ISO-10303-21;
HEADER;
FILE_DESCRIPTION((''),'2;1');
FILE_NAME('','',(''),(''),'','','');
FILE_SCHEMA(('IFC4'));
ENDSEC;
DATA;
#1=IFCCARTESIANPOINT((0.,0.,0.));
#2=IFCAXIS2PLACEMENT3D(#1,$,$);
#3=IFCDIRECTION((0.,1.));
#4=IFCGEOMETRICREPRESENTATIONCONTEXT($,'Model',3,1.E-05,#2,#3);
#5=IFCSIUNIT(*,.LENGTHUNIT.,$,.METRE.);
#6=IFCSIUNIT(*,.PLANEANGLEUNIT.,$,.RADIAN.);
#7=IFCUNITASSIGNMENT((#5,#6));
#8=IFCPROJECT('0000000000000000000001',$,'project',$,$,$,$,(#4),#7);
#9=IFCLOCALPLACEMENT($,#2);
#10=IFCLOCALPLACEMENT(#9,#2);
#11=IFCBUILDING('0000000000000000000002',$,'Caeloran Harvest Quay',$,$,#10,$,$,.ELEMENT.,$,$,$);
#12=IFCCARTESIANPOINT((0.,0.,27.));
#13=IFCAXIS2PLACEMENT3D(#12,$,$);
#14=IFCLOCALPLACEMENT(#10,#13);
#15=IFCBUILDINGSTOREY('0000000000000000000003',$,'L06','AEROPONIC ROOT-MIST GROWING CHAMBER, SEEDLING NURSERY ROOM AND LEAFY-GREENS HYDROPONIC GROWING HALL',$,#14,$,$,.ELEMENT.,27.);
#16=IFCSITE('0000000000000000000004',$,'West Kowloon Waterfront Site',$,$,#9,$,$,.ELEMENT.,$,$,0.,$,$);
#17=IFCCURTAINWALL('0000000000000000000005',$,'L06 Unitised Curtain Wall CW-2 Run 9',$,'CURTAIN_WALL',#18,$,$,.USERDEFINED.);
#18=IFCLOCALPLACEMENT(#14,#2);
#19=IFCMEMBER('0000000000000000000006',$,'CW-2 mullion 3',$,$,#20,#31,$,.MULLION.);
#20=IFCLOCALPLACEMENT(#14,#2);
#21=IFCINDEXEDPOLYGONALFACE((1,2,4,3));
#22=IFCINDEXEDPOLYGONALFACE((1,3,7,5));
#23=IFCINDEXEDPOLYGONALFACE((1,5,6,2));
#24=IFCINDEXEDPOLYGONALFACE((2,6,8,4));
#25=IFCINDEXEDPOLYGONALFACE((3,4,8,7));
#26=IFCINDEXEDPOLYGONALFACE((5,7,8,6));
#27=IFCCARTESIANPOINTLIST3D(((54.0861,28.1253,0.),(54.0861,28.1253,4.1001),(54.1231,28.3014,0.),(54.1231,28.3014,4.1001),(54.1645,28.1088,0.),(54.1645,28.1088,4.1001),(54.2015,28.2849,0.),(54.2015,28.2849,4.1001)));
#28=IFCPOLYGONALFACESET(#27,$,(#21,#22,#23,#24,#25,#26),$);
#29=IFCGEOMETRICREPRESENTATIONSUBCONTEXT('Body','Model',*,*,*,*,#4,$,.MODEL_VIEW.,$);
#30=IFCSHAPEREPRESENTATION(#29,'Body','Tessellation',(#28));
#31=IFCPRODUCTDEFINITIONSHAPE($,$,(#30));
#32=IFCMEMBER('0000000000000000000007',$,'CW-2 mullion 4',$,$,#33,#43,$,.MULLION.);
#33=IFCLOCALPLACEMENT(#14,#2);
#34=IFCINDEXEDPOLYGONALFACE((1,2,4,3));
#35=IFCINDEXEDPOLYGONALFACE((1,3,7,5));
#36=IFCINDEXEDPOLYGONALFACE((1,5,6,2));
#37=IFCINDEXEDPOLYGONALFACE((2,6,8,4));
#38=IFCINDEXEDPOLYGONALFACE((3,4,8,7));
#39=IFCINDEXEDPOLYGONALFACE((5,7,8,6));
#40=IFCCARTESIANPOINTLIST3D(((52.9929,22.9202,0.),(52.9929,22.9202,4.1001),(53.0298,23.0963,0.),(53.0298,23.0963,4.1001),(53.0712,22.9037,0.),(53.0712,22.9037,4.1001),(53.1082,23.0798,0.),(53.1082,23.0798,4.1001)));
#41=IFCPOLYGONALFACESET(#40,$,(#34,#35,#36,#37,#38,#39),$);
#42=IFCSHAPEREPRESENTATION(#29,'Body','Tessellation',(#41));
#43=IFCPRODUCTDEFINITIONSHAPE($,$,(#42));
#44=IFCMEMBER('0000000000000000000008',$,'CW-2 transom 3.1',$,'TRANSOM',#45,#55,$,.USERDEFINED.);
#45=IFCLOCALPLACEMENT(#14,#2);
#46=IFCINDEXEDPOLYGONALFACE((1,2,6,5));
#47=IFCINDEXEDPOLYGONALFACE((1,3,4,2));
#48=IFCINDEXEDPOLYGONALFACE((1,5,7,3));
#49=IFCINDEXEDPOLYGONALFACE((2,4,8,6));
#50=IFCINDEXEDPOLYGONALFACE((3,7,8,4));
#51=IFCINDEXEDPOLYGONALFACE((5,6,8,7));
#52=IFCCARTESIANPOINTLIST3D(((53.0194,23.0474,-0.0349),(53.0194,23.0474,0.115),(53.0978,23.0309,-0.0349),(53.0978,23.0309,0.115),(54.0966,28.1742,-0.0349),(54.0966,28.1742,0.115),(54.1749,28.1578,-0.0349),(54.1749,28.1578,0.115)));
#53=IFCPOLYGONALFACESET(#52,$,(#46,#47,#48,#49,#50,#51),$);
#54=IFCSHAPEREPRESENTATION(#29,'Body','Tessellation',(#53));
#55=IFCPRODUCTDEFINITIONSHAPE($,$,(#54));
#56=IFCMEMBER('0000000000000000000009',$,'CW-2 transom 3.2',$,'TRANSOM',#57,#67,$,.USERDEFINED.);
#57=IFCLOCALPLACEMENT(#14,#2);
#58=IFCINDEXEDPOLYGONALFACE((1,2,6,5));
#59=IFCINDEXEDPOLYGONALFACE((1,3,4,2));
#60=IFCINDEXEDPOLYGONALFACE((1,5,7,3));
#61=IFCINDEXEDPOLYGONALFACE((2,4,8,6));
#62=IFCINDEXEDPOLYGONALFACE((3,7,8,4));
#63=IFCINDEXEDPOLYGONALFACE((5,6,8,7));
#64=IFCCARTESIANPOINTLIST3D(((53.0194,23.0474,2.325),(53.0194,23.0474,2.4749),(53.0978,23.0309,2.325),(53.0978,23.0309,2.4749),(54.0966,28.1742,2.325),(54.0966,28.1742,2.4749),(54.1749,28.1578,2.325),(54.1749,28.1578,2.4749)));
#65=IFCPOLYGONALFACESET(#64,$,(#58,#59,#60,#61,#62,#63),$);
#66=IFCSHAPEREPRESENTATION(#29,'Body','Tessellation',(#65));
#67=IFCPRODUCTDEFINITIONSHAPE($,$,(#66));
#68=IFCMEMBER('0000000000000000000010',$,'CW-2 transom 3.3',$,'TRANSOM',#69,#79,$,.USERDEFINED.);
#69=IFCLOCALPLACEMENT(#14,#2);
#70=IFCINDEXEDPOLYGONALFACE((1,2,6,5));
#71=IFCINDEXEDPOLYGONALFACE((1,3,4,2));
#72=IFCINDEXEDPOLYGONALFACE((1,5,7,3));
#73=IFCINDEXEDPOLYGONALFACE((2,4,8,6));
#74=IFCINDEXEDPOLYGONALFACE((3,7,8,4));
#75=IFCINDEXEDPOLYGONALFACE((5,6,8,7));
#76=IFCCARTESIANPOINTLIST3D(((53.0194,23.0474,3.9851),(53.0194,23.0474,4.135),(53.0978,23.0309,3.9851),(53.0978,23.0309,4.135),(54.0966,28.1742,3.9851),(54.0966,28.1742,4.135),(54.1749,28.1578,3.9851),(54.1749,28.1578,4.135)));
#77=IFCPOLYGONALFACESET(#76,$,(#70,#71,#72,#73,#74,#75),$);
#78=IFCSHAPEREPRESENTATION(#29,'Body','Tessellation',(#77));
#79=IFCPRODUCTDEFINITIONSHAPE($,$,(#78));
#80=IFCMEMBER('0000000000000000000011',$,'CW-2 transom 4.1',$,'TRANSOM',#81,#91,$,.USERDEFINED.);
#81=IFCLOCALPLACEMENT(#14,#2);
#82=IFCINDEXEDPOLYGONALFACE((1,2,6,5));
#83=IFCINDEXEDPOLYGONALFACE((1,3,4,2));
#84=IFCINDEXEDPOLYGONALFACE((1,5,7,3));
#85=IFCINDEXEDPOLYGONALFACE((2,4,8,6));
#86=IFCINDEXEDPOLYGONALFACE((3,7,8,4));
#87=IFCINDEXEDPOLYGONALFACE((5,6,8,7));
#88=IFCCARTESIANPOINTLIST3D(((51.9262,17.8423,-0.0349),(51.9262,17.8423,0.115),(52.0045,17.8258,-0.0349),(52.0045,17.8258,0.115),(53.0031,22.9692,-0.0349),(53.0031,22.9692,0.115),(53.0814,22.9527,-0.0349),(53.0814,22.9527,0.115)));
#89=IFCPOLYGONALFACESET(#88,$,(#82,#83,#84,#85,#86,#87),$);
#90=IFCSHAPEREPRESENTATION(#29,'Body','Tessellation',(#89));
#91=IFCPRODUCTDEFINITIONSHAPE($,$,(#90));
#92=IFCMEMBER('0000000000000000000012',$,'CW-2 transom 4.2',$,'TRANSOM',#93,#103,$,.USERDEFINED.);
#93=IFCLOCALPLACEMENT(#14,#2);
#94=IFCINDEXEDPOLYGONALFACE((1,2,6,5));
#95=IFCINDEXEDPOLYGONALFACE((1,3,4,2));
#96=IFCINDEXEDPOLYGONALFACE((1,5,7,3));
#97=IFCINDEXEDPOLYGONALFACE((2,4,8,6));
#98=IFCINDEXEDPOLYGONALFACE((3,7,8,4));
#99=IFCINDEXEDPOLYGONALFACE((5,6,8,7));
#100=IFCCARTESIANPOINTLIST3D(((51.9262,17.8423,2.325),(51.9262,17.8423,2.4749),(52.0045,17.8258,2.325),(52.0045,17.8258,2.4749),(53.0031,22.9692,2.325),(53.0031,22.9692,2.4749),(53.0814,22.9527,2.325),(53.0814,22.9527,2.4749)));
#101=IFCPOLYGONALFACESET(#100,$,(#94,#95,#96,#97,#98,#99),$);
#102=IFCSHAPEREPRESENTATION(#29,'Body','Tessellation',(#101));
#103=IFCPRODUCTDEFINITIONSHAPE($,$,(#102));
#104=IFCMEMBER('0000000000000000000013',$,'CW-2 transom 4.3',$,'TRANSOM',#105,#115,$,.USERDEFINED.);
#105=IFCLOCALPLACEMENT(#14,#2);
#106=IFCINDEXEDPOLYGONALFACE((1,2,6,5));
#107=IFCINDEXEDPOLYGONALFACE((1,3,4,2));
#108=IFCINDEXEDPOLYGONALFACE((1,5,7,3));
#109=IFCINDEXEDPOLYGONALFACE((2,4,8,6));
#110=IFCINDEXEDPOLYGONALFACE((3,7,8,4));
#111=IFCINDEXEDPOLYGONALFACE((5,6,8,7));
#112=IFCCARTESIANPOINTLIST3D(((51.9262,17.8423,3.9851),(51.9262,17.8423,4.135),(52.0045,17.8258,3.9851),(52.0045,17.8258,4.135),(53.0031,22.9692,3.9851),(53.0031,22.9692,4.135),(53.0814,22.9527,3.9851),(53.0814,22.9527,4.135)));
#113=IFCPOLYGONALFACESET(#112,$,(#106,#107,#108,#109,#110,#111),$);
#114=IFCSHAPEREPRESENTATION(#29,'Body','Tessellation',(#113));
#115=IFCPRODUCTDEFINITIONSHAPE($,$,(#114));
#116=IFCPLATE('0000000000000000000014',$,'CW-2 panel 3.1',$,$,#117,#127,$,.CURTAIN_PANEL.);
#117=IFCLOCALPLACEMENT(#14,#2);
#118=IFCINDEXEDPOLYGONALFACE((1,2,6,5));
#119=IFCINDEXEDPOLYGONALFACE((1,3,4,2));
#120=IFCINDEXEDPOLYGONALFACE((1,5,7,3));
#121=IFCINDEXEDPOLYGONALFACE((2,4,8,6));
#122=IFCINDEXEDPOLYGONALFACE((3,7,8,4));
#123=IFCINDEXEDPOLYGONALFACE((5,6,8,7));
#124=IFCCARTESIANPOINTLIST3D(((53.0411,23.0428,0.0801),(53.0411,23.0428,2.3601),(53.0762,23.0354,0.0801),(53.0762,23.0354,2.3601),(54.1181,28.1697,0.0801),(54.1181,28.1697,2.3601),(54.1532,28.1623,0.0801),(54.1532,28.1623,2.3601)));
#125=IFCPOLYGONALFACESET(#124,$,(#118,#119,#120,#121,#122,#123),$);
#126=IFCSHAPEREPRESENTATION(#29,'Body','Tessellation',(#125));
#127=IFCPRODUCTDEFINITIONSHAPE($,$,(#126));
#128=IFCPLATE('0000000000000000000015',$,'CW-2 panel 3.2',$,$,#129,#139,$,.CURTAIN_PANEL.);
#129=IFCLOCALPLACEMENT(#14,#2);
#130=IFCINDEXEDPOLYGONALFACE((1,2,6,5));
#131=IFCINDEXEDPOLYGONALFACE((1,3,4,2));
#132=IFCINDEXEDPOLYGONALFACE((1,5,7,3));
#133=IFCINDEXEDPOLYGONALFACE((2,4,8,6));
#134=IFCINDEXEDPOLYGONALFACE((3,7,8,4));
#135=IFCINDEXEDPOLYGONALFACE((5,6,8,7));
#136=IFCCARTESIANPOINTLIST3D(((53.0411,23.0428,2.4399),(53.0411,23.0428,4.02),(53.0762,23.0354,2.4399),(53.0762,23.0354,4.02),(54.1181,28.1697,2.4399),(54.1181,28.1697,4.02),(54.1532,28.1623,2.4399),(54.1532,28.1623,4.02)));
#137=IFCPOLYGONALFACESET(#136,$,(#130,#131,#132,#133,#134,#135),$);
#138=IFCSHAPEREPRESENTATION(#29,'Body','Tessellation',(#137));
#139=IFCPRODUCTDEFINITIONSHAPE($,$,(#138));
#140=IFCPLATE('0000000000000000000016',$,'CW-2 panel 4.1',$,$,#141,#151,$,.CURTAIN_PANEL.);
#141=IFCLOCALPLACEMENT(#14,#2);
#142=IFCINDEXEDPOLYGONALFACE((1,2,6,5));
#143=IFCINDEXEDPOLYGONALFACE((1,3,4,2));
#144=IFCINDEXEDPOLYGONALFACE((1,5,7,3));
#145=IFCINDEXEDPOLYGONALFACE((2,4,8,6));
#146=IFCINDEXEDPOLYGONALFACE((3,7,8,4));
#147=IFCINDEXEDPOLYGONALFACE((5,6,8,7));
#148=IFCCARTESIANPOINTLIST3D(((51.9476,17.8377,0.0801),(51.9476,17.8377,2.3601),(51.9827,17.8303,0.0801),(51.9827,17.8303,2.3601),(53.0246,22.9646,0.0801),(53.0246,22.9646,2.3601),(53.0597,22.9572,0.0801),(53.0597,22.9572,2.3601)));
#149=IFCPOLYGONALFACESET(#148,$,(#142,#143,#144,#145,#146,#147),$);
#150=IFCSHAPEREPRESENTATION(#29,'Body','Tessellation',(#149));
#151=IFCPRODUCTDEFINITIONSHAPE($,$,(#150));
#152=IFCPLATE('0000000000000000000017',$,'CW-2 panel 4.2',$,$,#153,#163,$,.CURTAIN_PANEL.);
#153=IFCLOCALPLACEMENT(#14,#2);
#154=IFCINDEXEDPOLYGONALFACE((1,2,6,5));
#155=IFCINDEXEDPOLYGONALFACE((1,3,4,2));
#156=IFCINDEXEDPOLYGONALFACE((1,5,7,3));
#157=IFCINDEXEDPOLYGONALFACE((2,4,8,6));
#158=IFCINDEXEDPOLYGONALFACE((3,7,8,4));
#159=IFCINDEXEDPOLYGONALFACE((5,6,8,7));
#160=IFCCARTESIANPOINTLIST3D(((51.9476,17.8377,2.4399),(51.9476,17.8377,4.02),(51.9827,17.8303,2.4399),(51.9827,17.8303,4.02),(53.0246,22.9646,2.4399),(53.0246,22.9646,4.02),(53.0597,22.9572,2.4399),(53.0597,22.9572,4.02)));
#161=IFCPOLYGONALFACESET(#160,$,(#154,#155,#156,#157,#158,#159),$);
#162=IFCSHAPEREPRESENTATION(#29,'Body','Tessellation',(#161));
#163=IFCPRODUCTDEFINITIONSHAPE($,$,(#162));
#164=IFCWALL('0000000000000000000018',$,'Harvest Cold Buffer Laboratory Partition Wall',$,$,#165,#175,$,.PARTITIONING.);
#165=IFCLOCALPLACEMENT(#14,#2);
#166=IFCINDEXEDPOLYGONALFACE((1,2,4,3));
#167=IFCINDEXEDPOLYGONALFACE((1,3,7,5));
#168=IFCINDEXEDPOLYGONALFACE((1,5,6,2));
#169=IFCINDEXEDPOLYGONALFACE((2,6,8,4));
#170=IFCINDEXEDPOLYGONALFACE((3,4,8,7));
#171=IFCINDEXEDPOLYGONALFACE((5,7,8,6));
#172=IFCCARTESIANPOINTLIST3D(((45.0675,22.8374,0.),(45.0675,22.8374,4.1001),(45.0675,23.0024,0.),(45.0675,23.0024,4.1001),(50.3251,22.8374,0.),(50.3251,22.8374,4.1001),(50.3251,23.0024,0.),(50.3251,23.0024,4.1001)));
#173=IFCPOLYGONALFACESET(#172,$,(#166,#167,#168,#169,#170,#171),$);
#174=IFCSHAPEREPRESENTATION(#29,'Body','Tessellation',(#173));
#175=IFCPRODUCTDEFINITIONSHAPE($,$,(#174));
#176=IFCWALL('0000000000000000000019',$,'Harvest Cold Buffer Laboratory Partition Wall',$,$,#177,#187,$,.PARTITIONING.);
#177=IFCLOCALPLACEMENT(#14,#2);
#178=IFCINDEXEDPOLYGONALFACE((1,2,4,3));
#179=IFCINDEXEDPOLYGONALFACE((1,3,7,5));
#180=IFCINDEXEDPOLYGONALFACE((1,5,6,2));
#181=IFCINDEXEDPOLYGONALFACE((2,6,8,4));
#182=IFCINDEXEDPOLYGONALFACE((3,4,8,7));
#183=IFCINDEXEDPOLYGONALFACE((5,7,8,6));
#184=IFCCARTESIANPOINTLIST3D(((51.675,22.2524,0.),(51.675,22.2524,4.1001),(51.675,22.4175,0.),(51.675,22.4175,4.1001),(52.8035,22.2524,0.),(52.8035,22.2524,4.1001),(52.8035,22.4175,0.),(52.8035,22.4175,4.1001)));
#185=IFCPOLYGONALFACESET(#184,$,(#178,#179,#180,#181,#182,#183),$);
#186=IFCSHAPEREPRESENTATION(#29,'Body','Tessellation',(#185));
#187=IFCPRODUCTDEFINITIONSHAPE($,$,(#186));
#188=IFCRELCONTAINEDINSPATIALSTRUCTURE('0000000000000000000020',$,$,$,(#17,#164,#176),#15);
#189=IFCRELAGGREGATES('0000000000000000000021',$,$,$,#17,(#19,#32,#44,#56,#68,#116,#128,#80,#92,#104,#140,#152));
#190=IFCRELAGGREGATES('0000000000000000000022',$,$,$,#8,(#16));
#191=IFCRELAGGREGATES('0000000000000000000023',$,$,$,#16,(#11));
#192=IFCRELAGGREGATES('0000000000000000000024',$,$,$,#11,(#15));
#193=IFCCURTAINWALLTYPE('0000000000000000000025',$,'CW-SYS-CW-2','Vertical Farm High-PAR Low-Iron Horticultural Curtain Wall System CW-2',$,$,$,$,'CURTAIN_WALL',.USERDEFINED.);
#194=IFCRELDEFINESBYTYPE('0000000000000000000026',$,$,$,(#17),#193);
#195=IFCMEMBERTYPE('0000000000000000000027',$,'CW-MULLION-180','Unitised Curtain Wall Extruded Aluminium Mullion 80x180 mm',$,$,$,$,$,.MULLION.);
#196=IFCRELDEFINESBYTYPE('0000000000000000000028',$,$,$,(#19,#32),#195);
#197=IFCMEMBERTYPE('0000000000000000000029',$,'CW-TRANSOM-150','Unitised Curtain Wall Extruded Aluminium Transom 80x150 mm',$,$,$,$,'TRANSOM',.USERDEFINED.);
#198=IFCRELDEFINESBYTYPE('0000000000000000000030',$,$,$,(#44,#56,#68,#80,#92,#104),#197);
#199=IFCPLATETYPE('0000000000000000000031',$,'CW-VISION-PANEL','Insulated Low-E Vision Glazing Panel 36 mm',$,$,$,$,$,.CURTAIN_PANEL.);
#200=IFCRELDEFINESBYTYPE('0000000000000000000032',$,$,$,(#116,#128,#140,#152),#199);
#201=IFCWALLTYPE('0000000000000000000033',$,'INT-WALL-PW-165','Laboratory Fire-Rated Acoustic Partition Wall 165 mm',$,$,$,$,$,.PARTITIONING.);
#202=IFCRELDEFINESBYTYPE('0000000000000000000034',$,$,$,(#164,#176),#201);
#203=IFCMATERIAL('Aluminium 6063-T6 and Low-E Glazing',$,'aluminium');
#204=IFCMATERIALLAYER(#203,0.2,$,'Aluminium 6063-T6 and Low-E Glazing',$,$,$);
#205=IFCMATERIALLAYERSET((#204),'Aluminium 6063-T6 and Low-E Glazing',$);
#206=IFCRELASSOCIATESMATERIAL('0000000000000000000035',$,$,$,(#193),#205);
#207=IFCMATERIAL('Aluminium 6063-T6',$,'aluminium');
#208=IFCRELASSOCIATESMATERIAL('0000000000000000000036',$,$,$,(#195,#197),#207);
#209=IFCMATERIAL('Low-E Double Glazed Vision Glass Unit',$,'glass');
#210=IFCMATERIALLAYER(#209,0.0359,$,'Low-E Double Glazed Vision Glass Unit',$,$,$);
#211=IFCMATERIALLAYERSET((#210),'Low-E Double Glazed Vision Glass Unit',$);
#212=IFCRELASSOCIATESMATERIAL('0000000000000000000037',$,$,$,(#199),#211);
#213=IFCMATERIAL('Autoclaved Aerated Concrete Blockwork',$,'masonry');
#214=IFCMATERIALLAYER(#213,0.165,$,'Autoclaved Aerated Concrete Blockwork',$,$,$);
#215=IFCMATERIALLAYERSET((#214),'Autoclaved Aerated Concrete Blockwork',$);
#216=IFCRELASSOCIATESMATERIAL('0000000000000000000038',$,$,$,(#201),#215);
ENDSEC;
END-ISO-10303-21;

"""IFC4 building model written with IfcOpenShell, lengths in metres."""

from ifc_helpers import new_model, si_unit, direction, frame, frame_2d, origin, origin_2d, place, context, subcontext, project, spatial, rectangle, extrude, material, layer, layer_set, material_profile, profile_set, type_object, element, aggregate, save


model = new_model("IFC4")

# Units and contexts
model_context = context("Model", 3, precision=1e-05, world=origin(), true_north=direction((0.0, 1.0)))
body_context = subcontext(model_context, "Body", "Model", "MODEL_VIEW")
ifc_project = project(units=[si_unit("LENGTHUNIT", "METRE"), si_unit("PLANEANGLEUNIT", "RADIAN")], contexts=[model_context])

# Site, building, storey
site_placement = place(None, origin())
site = spatial("IfcSite", under=ifc_project, at=site_placement, Name="West Kowloon Waterfront Site", CompositionType="ELEMENT", RefElevation=0.0)
building_placement = place(site_placement, origin())
building = spatial("IfcBuilding", under=site, at=building_placement, Name="Caeloran Harvest Quay", CompositionType="ELEMENT")
storey_placement = place(building_placement, frame((0.0, 0.0, 27.0)))
storey = spatial("IfcBuildingStorey", under=building, at=storey_placement, Name="L06", Description="AEROPONIC ROOT-MIST GROWING CHAMBER, SEEDLING NURSERY ROOM AND LEAFY-GREENS HYDROPONIC GROWING HALL", CompositionType="ELEMENT", Elevation=27.0)

# Curtain wall, members, plates
ifc_material_1 = material(Name="Aluminium 6063-T6 and Low-E Glazing", Category="aluminium")
ifc_layer_1 = layer(ifc_material_1, 0.2, Name="Aluminium 6063-T6 and Low-E Glazing")
ifc_layer_set_1 = layer_set([ifc_layer_1], Name="Aluminium 6063-T6 and Low-E Glazing")
curtain_wall_type = type_object("IfcCurtainWallType", Name="CW-SYS-CW-2", Description="Vertical Farm High-PAR Low-Iron Horticultural Curtain Wall System CW-2", ElementType="CURTAIN_WALL", PredefinedType="USERDEFINED", material=ifc_layer_set_1)
curtain_wall_placement = place(storey_placement, origin())
curtain_wall = element("IfcCurtainWall", 1, at=curtain_wall_placement, inside=storey, type_object=curtain_wall_type, Name="L06 Unitised Curtain Wall CW-2 Run 9", ObjectType="CURTAIN_WALL", PredefinedType="USERDEFINED")
ifc_material_2 = material(Name="Aluminium 6063-T6", Category="aluminium")
ifc_material_profile_1 = material_profile(ifc_material_2, rectangle(XDim=0.0801, YDim=0.1799, at=origin_2d()), Name="CW-MULLION-180")
ifc_profile_set_1 = profile_set([ifc_material_profile_1], Name="Aluminium 6063-T6")
member_type_1 = type_object("IfcMemberType", Name="CW-MULLION-180", Description="Unitised Curtain Wall Extruded Aluminium Mullion 80x180 mm", PredefinedType="MULLION", material=ifc_profile_set_1)
member_1_placement = place(storey_placement, frame((54.1438, 28.2051, 0.0), z_axis=(0.0, 0.0, 1.0), x_axis=(0.97864, -0.205583, 0.0)))
member_1 = element("IfcMember", 2, at=member_1_placement, type_object=member_type_1, Name="CW-2 mullion 3", PredefinedType="MULLION", context=body_context, shape_type="SweptSolid", body=[
    extrude(rectangle(XDim=0.0801, YDim=0.1799, at=origin_2d()), origin(), (0.0, 0.0, 1.0), 4.1001),
])
member_2_placement = place(storey_placement, frame((53.0505, 23.0, 0.0), z_axis=(0.0, 0.0, 1.0), x_axis=(0.97864, -0.205583, 0.0)))
member_2 = element("IfcMember", 3, at=member_2_placement, type_object=member_type_1, Name="CW-2 mullion 4", PredefinedType="MULLION", context=body_context, shape_type="SweptSolid", body=[
    extrude(rectangle(XDim=0.0801, YDim=0.1799, at=origin_2d()), origin(), (0.0, 0.0, 1.0), 4.1001),
])
ifc_material_profile_2 = material_profile(ifc_material_2, rectangle(XDim=0.0801, YDim=0.1499, at=origin_2d()), Name="CW-TRANSOM-150")
ifc_profile_set_2 = profile_set([ifc_material_profile_2], Name="Aluminium 6063-T6")
member_type_2 = type_object("IfcMemberType", Name="CW-TRANSOM-150", Description="Unitised Curtain Wall Extruded Aluminium Transom 80x150 mm", ElementType="TRANSOM", PredefinedType="USERDEFINED", material=ifc_profile_set_2)
member_3_placement = place(storey_placement, frame((54.1357, 28.166, 0.04), z_axis=(-0.205607, -0.978635, 0.0), x_axis=(0.978635, -0.205607, 0.0)))
member_3 = element("IfcMember", 4, at=member_3_placement, type_object=member_type_2, Name="CW-2 transom 3.1", ObjectType="TRANSOM", PredefinedType="USERDEFINED", context=body_context, shape_type="SweptSolid", body=[
    extrude(rectangle(XDim=0.0801, YDim=0.1499, at=origin_2d()), origin(), (0.0, 0.0, 1.0), 5.2388),
])
member_4_placement = place(storey_placement, frame((54.1357, 28.166, 2.3999), z_axis=(-0.205607, -0.978635, 0.0), x_axis=(0.978635, -0.205607, 0.0)))
member_4 = element("IfcMember", 5, at=member_4_placement, type_object=member_type_2, Name="CW-2 transom 3.2", ObjectType="TRANSOM", PredefinedType="USERDEFINED", context=body_context, shape_type="SweptSolid", body=[
    extrude(rectangle(XDim=0.0801, YDim=0.1499, at=origin_2d()), origin(), (0.0, 0.0, 1.0), 5.2388),
])
member_5_placement = place(storey_placement, frame((54.1357, 28.166, 4.0601), z_axis=(-0.205607, -0.978635, 0.0), x_axis=(0.978635, -0.205607, 0.0)))
member_5 = element("IfcMember", 6, at=member_5_placement, type_object=member_type_2, Name="CW-2 transom 3.3", ObjectType="TRANSOM", PredefinedType="USERDEFINED", context=body_context, shape_type="SweptSolid", body=[
    extrude(rectangle(XDim=0.0801, YDim=0.1499, at=origin_2d()), origin(), (0.0, 0.0, 1.0), 5.2388),
])
member_6_placement = place(storey_placement, frame((53.0422, 22.9609, 0.04), z_axis=(-0.205562, -0.978644, 0.0), x_axis=(0.978644, -0.205562, 0.0)))
member_6 = element("IfcMember", 7, at=member_6_placement, type_object=member_type_2, Name="CW-2 transom 4.1", ObjectType="TRANSOM", PredefinedType="USERDEFINED", context=body_context, shape_type="SweptSolid", body=[
    extrude(rectangle(XDim=0.0801, YDim=0.1499, at=origin_2d()), origin(), (0.0, 0.0, 1.0), 5.2388),
])
member_7_placement = place(storey_placement, frame((53.0422, 22.9609, 2.3999), z_axis=(-0.205562, -0.978644, 0.0), x_axis=(0.978644, -0.205562, 0.0)))
member_7 = element("IfcMember", 8, at=member_7_placement, type_object=member_type_2, Name="CW-2 transom 4.2", ObjectType="TRANSOM", PredefinedType="USERDEFINED", context=body_context, shape_type="SweptSolid", body=[
    extrude(rectangle(XDim=0.0801, YDim=0.1499, at=origin_2d()), origin(), (0.0, 0.0, 1.0), 5.2388),
])
member_8_placement = place(storey_placement, frame((53.0422, 22.9609, 4.0601), z_axis=(-0.205562, -0.978644, 0.0), x_axis=(0.978644, -0.205562, 0.0)))
member_8 = element("IfcMember", 9, at=member_8_placement, type_object=member_type_2, Name="CW-2 transom 4.3", ObjectType="TRANSOM", PredefinedType="USERDEFINED", context=body_context, shape_type="SweptSolid", body=[
    extrude(rectangle(XDim=0.0801, YDim=0.1499, at=origin_2d()), origin(), (0.0, 0.0, 1.0), 5.2388),
])
ifc_material_3 = material(Name="Low-E Double Glazed Vision Glass Unit", Category="glass")
ifc_layer_2 = layer(ifc_material_3, 0.0359, Name="Low-E Double Glazed Vision Glass Unit")
ifc_layer_set_2 = layer_set([ifc_layer_2], Name="Low-E Double Glazed Vision Glass Unit")
plate_type = type_object("IfcPlateType", Name="CW-VISION-PANEL", Description="Insulated Low-E Vision Glazing Panel 36 mm", PredefinedType="CURTAIN_PANEL", material=ifc_layer_set_2)
plate_1_placement = place(storey_placement, frame((53.5972, 25.6025, 0.0801), z_axis=(0.0, 0.0, 1.0), x_axis=(-0.205583, -0.97864, 0.0)))
plate_1 = element("IfcPlate", 10, at=plate_1_placement, type_object=plate_type, Name="CW-2 panel 3.1", PredefinedType="CURTAIN_PANEL", context=body_context, shape_type="SweptSolid", body=[
    extrude(rectangle(XDim=5.2388, YDim=0.0359, at=origin_2d()), origin(), (0.0, 0.0, 1.0), 2.28),
])
plate_2_placement = place(storey_placement, frame((53.5972, 25.6025, 2.4399), z_axis=(0.0, 0.0, 1.0), x_axis=(-0.205583, -0.97864, 0.0)))
plate_2 = element("IfcPlate", 11, at=plate_2_placement, type_object=plate_type, Name="CW-2 panel 3.2", PredefinedType="CURTAIN_PANEL", context=body_context, shape_type="SweptSolid", body=[
    extrude(rectangle(XDim=5.2388, YDim=0.0359, at=origin_2d()), origin(), (0.0, 0.0, 1.0), 1.5801),
])
plate_3_placement = place(storey_placement, frame((52.5037, 20.3975, 0.0801), z_axis=(0.0, 0.0, 1.0), x_axis=(-0.205583, -0.97864, 0.0)))
plate_3 = element("IfcPlate", 12, at=plate_3_placement, type_object=plate_type, Name="CW-2 panel 4.1", PredefinedType="CURTAIN_PANEL", context=body_context, shape_type="SweptSolid", body=[
    extrude(rectangle(XDim=5.2388, YDim=0.0359, at=origin_2d()), origin(), (0.0, 0.0, 1.0), 2.28),
])
plate_4_placement = place(storey_placement, frame((52.5037, 20.3975, 2.4399), z_axis=(0.0, 0.0, 1.0), x_axis=(-0.205583, -0.97864, 0.0)))
plate_4 = element("IfcPlate", 13, at=plate_4_placement, type_object=plate_type, Name="CW-2 panel 4.2", PredefinedType="CURTAIN_PANEL", context=body_context, shape_type="SweptSolid", body=[
    extrude(rectangle(XDim=5.2388, YDim=0.0359, at=origin_2d()), origin(), (0.0, 0.0, 1.0), 1.5801),
])
aggregate(curtain_wall, [member_1, member_2, member_3, member_4, member_5, plate_1, plate_2, member_6, member_7, member_8, plate_3, plate_4])

# Walls
ifc_material_4 = material(Name="Autoclaved Aerated Concrete Blockwork", Category="masonry")
ifc_layer_3 = layer(ifc_material_4, 0.165, Name="Autoclaved Aerated Concrete Blockwork")
ifc_layer_set_3 = layer_set([ifc_layer_3], Name="Autoclaved Aerated Concrete Blockwork")
wall_type = type_object("IfcWallType", Name="INT-WALL-PW-165", Description="Laboratory Fire-Rated Acoustic Partition Wall 165 mm", PredefinedType="PARTITIONING", material=ifc_layer_set_3)
wall_1_placement = place(storey_placement, frame((45.0674, 22.9199, 0.0), z_axis=(0.0, 0.0, 1.0), x_axis=(1.0, 0.0, 0.0)))
element("IfcWall", 14, at=wall_1_placement, inside=storey, type_object=wall_type, Name="Harvest Cold Buffer Laboratory Partition Wall", PredefinedType="PARTITIONING", context=body_context, shape_type="SweptSolid", body=[
    extrude(rectangle(XDim=5.2576, YDim=0.165, at=frame_2d((2.6289, 0.0))), origin(), (0.0, 0.0, 1.0), 4.1001),
])
wall_2_placement = place(storey_placement, frame((51.675, 22.335, 0.0), z_axis=(0.0, 0.0, 1.0), x_axis=(1.0, 0.0, 0.0)))
element("IfcWall", 15, at=wall_2_placement, inside=storey, type_object=wall_type, Name="Harvest Cold Buffer Laboratory Partition Wall", PredefinedType="PARTITIONING", context=body_context, shape_type="SweptSolid", body=[
    extrude(rectangle(XDim=1.1284, YDim=0.165, at=frame_2d((0.5642, 0.0))), origin(), (0.0, 0.0, 1.0), 4.1001),
])

save(model, "model.ifc")
